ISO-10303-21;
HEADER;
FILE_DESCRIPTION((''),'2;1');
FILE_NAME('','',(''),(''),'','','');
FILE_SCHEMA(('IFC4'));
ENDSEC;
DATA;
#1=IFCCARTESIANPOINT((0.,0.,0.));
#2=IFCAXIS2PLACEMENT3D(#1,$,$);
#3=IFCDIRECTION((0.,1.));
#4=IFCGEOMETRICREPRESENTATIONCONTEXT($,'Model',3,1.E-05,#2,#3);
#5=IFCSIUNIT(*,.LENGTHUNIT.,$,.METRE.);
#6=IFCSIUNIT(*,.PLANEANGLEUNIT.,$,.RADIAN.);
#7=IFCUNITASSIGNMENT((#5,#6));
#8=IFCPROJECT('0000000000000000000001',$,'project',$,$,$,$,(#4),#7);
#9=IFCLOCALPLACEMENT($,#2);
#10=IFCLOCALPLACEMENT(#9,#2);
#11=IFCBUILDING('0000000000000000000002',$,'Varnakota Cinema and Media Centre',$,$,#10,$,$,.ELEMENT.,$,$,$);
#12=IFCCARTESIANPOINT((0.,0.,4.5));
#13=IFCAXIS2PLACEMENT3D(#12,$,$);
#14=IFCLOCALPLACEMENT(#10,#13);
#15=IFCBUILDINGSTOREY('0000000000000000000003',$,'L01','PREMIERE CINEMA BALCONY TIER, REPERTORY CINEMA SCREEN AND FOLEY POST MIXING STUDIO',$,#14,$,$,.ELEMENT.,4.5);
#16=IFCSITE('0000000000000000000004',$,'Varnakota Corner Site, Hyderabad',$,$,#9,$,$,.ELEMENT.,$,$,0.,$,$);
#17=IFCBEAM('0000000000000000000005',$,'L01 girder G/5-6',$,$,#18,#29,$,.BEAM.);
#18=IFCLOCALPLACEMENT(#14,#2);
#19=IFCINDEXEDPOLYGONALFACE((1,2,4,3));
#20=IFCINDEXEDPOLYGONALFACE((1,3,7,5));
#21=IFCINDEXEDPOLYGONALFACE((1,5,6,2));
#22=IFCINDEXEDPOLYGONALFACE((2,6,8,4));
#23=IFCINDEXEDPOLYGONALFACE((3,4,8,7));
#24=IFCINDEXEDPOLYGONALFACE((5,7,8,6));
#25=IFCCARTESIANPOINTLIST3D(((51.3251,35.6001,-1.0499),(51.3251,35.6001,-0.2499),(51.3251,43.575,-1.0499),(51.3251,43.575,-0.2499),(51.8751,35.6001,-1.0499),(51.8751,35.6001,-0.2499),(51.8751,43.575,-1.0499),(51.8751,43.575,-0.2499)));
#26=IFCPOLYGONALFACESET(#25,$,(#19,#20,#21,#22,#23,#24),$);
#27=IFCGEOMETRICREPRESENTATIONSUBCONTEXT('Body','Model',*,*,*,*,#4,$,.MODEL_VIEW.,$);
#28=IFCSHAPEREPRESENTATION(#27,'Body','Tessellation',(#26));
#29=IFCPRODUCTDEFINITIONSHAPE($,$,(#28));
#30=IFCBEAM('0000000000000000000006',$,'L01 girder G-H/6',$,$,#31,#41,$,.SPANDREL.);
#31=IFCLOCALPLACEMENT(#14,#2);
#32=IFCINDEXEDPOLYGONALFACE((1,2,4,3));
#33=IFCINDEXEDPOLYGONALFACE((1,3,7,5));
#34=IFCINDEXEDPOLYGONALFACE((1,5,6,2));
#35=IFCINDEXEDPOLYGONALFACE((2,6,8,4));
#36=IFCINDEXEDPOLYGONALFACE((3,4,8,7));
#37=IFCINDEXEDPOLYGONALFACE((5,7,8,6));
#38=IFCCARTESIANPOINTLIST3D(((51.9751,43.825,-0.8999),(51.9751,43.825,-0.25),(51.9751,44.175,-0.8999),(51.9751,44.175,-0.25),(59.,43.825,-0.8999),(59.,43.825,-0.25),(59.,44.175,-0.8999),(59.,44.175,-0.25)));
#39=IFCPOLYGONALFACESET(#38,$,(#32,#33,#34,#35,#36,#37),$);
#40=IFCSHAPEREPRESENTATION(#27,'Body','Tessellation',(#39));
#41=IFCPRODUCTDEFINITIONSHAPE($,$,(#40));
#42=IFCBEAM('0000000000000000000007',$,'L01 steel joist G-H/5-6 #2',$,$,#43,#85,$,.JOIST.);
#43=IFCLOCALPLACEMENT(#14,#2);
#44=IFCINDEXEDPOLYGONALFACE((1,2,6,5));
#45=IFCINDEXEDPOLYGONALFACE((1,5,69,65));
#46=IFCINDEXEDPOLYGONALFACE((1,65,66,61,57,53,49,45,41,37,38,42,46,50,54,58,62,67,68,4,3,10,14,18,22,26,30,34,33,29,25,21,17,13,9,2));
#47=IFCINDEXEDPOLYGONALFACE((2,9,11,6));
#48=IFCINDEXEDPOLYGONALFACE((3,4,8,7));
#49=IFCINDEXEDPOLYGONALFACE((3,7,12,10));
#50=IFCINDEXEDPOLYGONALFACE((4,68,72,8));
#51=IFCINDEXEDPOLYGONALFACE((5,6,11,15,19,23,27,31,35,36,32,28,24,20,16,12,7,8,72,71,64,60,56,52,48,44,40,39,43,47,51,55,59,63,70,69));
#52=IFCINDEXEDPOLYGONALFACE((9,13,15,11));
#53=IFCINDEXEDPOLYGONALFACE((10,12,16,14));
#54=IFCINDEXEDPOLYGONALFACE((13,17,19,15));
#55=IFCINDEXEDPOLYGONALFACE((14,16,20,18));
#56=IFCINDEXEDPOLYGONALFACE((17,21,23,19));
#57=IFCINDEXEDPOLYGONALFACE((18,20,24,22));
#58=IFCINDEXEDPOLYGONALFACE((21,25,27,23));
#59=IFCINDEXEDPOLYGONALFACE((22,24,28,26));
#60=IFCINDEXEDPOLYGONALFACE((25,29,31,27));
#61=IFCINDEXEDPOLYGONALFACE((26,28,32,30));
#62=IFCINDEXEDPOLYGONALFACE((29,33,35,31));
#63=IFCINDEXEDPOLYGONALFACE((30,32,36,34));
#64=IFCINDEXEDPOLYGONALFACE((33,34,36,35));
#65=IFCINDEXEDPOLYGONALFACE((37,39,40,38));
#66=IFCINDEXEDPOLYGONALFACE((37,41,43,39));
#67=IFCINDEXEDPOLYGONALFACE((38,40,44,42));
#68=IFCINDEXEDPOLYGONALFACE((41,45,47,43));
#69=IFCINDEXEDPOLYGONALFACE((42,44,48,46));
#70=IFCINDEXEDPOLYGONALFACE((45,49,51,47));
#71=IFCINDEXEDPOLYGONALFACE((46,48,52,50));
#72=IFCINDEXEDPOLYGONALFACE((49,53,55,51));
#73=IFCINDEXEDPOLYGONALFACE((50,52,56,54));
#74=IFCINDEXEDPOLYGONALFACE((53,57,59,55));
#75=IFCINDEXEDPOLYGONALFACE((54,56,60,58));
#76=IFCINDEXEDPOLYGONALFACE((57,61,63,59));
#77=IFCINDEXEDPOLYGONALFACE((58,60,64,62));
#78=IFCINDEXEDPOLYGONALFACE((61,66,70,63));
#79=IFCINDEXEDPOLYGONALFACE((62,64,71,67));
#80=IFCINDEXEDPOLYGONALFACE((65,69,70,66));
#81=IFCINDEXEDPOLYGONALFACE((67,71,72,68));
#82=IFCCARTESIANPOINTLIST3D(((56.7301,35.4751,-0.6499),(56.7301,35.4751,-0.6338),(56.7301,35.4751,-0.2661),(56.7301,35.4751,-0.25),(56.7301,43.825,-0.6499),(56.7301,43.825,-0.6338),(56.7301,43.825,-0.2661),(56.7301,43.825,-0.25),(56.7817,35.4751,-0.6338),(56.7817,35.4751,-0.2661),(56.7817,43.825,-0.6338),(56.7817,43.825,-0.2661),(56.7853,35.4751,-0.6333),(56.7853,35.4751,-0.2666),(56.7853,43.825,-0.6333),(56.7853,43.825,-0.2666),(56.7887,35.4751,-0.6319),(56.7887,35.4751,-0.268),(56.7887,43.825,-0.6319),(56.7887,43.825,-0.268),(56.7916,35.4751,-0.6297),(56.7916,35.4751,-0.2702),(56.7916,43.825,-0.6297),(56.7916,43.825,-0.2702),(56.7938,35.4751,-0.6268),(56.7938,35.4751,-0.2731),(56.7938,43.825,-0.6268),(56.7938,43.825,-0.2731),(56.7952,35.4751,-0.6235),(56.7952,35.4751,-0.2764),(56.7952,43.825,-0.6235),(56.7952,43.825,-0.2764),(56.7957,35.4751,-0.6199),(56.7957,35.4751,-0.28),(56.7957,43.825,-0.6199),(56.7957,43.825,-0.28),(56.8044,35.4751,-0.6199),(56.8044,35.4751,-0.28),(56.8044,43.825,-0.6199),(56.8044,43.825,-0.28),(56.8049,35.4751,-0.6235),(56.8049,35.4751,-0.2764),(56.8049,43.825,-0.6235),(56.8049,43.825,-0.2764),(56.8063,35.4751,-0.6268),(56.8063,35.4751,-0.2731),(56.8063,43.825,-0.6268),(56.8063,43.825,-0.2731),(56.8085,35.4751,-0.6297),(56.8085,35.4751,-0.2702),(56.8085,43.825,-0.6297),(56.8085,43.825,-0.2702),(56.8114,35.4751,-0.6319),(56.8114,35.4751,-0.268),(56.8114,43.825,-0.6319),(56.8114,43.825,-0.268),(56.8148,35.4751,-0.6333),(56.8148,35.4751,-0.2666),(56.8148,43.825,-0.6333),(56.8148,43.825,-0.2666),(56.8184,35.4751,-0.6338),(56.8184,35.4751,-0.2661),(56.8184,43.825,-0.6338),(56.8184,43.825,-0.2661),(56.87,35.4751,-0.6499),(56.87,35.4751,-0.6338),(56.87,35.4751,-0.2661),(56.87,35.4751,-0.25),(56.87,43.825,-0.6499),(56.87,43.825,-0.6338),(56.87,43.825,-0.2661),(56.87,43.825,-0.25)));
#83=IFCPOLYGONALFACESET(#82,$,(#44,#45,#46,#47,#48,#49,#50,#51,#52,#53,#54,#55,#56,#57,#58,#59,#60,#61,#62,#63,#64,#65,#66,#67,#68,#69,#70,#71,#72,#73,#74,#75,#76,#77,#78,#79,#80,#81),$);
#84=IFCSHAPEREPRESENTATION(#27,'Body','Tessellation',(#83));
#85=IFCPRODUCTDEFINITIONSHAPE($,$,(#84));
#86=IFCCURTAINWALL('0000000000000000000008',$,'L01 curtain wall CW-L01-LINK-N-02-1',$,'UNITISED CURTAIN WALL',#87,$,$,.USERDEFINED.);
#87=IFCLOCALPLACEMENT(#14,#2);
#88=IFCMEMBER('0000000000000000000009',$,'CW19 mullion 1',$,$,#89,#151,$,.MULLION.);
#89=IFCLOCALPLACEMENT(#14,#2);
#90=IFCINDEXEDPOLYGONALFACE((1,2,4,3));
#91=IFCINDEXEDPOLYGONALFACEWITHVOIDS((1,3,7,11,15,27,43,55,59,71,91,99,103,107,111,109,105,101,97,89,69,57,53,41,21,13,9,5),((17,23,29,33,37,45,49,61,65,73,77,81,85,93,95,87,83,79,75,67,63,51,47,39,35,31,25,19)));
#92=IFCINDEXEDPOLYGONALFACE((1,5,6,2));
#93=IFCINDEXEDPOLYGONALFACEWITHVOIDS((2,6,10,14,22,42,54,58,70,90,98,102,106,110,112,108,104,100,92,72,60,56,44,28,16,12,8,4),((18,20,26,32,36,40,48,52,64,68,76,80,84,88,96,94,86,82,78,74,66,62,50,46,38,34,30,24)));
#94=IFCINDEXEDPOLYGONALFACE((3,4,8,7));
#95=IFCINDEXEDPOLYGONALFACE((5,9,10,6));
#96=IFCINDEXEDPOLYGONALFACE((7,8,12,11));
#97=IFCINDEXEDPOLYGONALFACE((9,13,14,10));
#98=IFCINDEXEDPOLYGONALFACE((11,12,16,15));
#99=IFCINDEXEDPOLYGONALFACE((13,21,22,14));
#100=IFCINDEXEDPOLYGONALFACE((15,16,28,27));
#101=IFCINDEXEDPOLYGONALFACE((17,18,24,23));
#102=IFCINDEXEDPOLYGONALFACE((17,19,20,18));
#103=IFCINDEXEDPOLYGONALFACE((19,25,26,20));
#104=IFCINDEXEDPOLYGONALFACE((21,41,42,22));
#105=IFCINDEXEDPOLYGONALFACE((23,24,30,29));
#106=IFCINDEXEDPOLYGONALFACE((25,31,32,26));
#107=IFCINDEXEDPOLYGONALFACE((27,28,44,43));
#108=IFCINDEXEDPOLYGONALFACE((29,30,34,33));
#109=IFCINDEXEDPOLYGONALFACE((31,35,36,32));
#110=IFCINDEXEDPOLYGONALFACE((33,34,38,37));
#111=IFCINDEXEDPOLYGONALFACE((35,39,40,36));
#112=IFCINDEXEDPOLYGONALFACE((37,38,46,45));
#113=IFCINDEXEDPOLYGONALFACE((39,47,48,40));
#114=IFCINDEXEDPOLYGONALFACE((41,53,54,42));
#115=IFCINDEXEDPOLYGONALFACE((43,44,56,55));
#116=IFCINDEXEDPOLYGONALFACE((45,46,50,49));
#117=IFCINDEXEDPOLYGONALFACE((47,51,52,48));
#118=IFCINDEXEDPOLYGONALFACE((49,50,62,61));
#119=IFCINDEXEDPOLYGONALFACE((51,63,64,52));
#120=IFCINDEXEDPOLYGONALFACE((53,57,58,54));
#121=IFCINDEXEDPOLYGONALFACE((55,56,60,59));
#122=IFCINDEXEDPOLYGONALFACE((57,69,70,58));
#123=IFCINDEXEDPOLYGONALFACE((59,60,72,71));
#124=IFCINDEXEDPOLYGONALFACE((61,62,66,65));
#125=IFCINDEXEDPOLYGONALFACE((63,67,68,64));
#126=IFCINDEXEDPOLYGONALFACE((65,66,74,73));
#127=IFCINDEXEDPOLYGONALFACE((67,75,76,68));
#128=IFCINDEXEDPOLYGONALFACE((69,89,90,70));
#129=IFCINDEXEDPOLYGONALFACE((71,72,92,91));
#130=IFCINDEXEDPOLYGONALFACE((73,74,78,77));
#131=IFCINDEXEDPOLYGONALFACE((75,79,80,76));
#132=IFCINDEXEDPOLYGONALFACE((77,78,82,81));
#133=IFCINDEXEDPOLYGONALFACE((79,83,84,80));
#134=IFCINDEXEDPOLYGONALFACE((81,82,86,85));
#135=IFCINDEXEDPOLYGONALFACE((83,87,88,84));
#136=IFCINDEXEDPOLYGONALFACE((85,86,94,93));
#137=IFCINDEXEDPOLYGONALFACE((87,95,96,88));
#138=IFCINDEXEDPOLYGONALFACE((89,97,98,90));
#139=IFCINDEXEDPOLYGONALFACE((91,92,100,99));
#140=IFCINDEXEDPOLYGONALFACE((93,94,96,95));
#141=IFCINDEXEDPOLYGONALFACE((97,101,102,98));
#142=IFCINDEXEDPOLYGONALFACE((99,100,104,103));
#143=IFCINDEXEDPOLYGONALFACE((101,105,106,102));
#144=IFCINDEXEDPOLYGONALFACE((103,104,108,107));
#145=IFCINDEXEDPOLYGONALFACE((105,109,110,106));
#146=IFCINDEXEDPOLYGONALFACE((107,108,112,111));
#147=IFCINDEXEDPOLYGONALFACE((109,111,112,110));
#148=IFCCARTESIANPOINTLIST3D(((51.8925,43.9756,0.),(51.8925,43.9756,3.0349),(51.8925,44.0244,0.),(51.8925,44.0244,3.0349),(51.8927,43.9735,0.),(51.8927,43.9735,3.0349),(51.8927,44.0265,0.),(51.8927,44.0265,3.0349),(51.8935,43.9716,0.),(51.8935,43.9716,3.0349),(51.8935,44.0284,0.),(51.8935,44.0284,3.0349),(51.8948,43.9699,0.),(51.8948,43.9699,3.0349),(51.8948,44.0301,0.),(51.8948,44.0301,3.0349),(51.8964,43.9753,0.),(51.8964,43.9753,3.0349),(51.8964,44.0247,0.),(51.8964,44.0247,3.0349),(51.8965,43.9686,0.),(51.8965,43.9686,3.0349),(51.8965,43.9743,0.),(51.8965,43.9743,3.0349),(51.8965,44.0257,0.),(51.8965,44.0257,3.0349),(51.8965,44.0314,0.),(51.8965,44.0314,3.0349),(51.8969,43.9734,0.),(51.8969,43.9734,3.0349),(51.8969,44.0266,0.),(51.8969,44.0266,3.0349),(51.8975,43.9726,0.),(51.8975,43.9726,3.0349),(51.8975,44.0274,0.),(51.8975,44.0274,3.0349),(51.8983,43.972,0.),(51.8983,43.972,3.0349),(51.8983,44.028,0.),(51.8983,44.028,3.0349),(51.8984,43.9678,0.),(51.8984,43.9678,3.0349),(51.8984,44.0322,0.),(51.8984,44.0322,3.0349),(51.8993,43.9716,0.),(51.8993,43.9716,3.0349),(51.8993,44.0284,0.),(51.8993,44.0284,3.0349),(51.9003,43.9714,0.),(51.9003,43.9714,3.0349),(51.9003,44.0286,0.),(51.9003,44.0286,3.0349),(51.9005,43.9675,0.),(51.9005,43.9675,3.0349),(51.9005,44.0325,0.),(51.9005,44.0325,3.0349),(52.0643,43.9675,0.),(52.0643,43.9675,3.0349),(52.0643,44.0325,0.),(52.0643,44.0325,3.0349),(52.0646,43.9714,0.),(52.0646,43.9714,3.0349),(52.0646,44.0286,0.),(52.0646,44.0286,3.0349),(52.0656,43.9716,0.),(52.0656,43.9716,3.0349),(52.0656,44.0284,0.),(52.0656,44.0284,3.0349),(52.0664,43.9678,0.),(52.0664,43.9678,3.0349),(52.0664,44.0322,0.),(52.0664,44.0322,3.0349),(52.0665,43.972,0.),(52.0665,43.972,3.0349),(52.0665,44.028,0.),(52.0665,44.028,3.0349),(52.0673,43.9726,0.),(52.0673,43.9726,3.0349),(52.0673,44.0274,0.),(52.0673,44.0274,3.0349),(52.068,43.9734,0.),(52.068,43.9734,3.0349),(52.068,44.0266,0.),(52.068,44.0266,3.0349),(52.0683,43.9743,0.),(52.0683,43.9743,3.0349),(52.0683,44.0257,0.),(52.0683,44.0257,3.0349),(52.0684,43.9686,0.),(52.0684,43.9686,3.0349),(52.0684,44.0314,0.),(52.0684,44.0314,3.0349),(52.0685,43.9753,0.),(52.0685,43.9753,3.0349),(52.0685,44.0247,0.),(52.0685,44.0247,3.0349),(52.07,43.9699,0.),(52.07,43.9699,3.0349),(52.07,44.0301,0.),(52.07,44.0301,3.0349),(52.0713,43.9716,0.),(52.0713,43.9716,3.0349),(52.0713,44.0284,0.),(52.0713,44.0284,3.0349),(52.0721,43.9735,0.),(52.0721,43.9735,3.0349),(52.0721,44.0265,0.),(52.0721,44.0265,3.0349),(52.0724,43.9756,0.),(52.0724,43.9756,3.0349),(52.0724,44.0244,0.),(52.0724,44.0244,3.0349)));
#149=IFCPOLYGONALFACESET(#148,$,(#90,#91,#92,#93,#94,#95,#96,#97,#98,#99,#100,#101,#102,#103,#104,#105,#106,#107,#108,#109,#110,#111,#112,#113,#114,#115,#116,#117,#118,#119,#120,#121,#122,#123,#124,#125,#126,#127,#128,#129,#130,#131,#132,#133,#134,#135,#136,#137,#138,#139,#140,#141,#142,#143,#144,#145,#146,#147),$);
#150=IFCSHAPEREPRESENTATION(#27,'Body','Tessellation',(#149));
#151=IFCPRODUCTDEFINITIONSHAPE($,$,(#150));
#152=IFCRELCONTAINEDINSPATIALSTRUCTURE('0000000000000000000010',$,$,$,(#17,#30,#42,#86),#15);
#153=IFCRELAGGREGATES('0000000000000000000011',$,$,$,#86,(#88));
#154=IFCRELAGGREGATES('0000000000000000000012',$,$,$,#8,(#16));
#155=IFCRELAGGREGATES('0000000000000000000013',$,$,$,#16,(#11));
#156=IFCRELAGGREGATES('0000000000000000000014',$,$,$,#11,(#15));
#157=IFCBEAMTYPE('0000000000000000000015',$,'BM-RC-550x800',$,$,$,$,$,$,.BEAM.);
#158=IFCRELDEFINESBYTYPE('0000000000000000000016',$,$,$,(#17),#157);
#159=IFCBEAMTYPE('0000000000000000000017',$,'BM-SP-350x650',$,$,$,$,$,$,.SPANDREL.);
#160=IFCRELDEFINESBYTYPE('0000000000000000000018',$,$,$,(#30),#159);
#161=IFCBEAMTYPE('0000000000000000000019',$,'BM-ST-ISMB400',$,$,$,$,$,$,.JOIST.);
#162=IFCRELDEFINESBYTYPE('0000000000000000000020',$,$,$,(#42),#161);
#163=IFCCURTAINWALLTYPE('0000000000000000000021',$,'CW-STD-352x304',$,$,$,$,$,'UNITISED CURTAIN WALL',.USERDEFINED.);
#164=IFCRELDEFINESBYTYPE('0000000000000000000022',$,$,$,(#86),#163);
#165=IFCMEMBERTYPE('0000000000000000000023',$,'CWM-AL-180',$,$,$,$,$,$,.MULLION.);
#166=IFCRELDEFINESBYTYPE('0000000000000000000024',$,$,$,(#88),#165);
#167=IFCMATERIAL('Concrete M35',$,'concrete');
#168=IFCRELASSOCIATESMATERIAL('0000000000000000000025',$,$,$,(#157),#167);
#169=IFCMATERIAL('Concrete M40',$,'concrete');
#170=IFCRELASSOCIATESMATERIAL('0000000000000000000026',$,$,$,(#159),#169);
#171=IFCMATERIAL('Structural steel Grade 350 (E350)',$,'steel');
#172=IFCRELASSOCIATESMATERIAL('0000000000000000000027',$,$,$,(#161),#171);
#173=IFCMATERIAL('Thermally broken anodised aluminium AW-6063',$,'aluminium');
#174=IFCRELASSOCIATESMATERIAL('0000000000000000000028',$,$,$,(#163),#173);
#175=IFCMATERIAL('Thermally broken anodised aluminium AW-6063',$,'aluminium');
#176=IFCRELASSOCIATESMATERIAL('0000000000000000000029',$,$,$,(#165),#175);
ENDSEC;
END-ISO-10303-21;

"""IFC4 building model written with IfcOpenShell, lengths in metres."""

from ifc_helpers import new_model, si_unit, direction, frame, origin, origin_2d, place, context, subcontext, project, spatial, rectangle, hollow_rectangle, i_section, extrude, material, material_profile, profile_set, type_object, element, aggregate, save


model = new_model("IFC4")

# Units and contexts
model_context = context("Model", 3, precision=1e-05, world=origin(), true_north=direction((0.0, 1.0)))
body_context = subcontext(model_context, "Body", "Model", "MODEL_VIEW")
ifc_project = project(units=[si_unit("LENGTHUNIT", "METRE"), si_unit("PLANEANGLEUNIT", "RADIAN")], contexts=[model_context])

# Site, building, storey
site_placement = place(None, origin())
site = spatial("IfcSite", under=ifc_project, at=site_placement, Name="Varnakota Corner Site, Hyderabad", CompositionType="ELEMENT", RefElevation=0.0)
building_placement = place(site_placement, origin())
building = spatial("IfcBuilding", under=site, at=building_placement, Name="Varnakota Cinema and Media Centre", CompositionType="ELEMENT")
storey_placement = place(building_placement, frame((0.0, 0.0, 4.5)))
storey = spatial("IfcBuildingStorey", under=building, at=storey_placement, Name="L01", Description="PREMIERE CINEMA BALCONY TIER, REPERTORY CINEMA SCREEN AND FOLEY POST MIXING STUDIO", CompositionType="ELEMENT", Elevation=4.5)

# Beams
ifc_material_1 = material(Name="Concrete M35", Category="concrete")
ifc_material_profile_1 = material_profile(ifc_material_1, rectangle(XDim=0.55, YDim=0.8, at=origin_2d()), Name="RCB 550x800")
ifc_profile_set_1 = profile_set([ifc_material_profile_1], Name="Concrete M35")
beam_type_1 = type_object("IfcBeamType", Name="BM-RC-550x800", PredefinedType="BEAM", material=ifc_profile_set_1)
beam_1_placement = place(storey_placement, frame((51.6001, 35.6001, -0.6499), z_axis=(0.0, 1.0, 0.0), x_axis=(-1.0, 0.0, 0.0)))
element("IfcBeam", 1, at=beam_1_placement, inside=storey, type_object=beam_type_1, Name="L01 girder G/5-6", PredefinedType="BEAM", context=body_context, shape_type="SweptSolid", body=[
    extrude(rectangle(XDim=0.55, YDim=0.8, at=origin_2d()), origin(), (0.0, 0.0, 1.0), 7.9749),
])
ifc_material_2 = material(Name="Concrete M40", Category="concrete")
ifc_material_profile_2 = material_profile(ifc_material_2, rectangle(XDim=0.3501, YDim=0.6499, at=origin_2d()), Name="RCB 350x650")
ifc_profile_set_2 = profile_set([ifc_material_profile_2], Name="Concrete M40")
beam_type_2 = type_object("IfcBeamType", Name="BM-SP-350x650", PredefinedType="SPANDREL", material=ifc_profile_set_2)
beam_2_placement = place(storey_placement, frame((51.9751, 44.0, -0.575), z_axis=(1.0, 0.0, 0.0), x_axis=(0.0, 1.0, 0.0)))
element("IfcBeam", 2, at=beam_2_placement, inside=storey, type_object=beam_type_2, Name="L01 girder G-H/6", PredefinedType="SPANDREL", context=body_context, shape_type="SweptSolid", body=[
    extrude(rectangle(XDim=0.3501, YDim=0.6499, at=origin_2d()), origin(), (0.0, 0.0, 1.0), 7.0249),
])
ifc_material_3 = material(Name="Structural steel Grade 350 (E350)", Category="steel")
ifc_material_profile_3 = material_profile(ifc_material_3, i_section(OverallWidth=0.1399, OverallDepth=0.3999, WebThickness=0.0088, FlangeThickness=0.0161, FilletRadius=0.0139, at=origin_2d()), Name="ISMB 400")
ifc_profile_set_3 = profile_set([ifc_material_profile_3], Name="Structural steel Grade 350 (E350)")
beam_type_3 = type_object("IfcBeamType", Name="BM-ST-ISMB400", PredefinedType="JOIST", material=ifc_profile_set_3)
beam_3_placement = place(storey_placement, frame((56.8, 35.4751, -0.45), z_axis=(0.0, 1.0, 0.0), x_axis=(-1.0, 0.0, 0.0)))
element("IfcBeam", 3, at=beam_3_placement, inside=storey, type_object=beam_type_3, Name="L01 steel joist G-H/5-6 #2", PredefinedType="JOIST", context=body_context, shape_type="SweptSolid", body=[
    extrude(i_section(OverallWidth=0.1399, OverallDepth=0.3999, WebThickness=0.0088, FlangeThickness=0.0161, FilletRadius=0.0139, at=origin_2d()), origin(), (0.0, 0.0, 1.0), 8.3499),
])

# Curtain wall, member
ifc_material_4 = material(Name="Thermally broken anodised aluminium AW-6063", Category="aluminium")
curtain_wall_type = type_object("IfcCurtainWallType", Name="CW-STD-352x304", ElementType="UNITISED CURTAIN WALL", PredefinedType="USERDEFINED", material=ifc_material_4)
curtain_wall_1_placement = place(storey_placement, origin())
curtain_wall_1 = element("IfcCurtainWall", 4, at=curtain_wall_1_placement, inside=storey, type_object=curtain_wall_type, Name="L01 curtain wall CW-L01-LINK-N-02-1", ObjectType="UNITISED CURTAIN WALL", PredefinedType="USERDEFINED")
ifc_material_5 = material(Name="Thermally broken anodised aluminium AW-6063", Category="aluminium")
ifc_material_profile_4 = material_profile(ifc_material_5, hollow_rectangle(XDim=0.0649, YDim=0.1799, WallThickness=0.0039, InnerFilletRadius=0.0039, OuterFilletRadius=0.0081, at=origin_2d()), Name="AL-MULLION 180x65x4")
ifc_profile_set_4 = profile_set([ifc_material_profile_4], Name="Thermally broken anodised aluminium AW-6063")
member_type_1 = type_object("IfcMemberType", Name="CWM-AL-180", PredefinedType="MULLION", material=ifc_profile_set_4)
member_1_placement = place(storey_placement, frame((51.9824, 44.0, 0.0), z_axis=(0.0, 0.0, 1.0), x_axis=(0.0, 1.0, 0.0)))
member_1 = element("IfcMember", 5, at=member_1_placement, type_object=member_type_1, Name="CW19 mullion 1", PredefinedType="MULLION", context=body_context, shape_type="SweptSolid", body=[
    extrude(hollow_rectangle(XDim=0.0649, YDim=0.1799, WallThickness=0.0039, InnerFilletRadius=0.0039, OuterFilletRadius=0.0081, at=origin_2d()), origin(), (0.0, 0.0, 1.0), 3.0349),
])

aggregate(curtain_wall_1, [member_1])

save(model, "model.ifc")
